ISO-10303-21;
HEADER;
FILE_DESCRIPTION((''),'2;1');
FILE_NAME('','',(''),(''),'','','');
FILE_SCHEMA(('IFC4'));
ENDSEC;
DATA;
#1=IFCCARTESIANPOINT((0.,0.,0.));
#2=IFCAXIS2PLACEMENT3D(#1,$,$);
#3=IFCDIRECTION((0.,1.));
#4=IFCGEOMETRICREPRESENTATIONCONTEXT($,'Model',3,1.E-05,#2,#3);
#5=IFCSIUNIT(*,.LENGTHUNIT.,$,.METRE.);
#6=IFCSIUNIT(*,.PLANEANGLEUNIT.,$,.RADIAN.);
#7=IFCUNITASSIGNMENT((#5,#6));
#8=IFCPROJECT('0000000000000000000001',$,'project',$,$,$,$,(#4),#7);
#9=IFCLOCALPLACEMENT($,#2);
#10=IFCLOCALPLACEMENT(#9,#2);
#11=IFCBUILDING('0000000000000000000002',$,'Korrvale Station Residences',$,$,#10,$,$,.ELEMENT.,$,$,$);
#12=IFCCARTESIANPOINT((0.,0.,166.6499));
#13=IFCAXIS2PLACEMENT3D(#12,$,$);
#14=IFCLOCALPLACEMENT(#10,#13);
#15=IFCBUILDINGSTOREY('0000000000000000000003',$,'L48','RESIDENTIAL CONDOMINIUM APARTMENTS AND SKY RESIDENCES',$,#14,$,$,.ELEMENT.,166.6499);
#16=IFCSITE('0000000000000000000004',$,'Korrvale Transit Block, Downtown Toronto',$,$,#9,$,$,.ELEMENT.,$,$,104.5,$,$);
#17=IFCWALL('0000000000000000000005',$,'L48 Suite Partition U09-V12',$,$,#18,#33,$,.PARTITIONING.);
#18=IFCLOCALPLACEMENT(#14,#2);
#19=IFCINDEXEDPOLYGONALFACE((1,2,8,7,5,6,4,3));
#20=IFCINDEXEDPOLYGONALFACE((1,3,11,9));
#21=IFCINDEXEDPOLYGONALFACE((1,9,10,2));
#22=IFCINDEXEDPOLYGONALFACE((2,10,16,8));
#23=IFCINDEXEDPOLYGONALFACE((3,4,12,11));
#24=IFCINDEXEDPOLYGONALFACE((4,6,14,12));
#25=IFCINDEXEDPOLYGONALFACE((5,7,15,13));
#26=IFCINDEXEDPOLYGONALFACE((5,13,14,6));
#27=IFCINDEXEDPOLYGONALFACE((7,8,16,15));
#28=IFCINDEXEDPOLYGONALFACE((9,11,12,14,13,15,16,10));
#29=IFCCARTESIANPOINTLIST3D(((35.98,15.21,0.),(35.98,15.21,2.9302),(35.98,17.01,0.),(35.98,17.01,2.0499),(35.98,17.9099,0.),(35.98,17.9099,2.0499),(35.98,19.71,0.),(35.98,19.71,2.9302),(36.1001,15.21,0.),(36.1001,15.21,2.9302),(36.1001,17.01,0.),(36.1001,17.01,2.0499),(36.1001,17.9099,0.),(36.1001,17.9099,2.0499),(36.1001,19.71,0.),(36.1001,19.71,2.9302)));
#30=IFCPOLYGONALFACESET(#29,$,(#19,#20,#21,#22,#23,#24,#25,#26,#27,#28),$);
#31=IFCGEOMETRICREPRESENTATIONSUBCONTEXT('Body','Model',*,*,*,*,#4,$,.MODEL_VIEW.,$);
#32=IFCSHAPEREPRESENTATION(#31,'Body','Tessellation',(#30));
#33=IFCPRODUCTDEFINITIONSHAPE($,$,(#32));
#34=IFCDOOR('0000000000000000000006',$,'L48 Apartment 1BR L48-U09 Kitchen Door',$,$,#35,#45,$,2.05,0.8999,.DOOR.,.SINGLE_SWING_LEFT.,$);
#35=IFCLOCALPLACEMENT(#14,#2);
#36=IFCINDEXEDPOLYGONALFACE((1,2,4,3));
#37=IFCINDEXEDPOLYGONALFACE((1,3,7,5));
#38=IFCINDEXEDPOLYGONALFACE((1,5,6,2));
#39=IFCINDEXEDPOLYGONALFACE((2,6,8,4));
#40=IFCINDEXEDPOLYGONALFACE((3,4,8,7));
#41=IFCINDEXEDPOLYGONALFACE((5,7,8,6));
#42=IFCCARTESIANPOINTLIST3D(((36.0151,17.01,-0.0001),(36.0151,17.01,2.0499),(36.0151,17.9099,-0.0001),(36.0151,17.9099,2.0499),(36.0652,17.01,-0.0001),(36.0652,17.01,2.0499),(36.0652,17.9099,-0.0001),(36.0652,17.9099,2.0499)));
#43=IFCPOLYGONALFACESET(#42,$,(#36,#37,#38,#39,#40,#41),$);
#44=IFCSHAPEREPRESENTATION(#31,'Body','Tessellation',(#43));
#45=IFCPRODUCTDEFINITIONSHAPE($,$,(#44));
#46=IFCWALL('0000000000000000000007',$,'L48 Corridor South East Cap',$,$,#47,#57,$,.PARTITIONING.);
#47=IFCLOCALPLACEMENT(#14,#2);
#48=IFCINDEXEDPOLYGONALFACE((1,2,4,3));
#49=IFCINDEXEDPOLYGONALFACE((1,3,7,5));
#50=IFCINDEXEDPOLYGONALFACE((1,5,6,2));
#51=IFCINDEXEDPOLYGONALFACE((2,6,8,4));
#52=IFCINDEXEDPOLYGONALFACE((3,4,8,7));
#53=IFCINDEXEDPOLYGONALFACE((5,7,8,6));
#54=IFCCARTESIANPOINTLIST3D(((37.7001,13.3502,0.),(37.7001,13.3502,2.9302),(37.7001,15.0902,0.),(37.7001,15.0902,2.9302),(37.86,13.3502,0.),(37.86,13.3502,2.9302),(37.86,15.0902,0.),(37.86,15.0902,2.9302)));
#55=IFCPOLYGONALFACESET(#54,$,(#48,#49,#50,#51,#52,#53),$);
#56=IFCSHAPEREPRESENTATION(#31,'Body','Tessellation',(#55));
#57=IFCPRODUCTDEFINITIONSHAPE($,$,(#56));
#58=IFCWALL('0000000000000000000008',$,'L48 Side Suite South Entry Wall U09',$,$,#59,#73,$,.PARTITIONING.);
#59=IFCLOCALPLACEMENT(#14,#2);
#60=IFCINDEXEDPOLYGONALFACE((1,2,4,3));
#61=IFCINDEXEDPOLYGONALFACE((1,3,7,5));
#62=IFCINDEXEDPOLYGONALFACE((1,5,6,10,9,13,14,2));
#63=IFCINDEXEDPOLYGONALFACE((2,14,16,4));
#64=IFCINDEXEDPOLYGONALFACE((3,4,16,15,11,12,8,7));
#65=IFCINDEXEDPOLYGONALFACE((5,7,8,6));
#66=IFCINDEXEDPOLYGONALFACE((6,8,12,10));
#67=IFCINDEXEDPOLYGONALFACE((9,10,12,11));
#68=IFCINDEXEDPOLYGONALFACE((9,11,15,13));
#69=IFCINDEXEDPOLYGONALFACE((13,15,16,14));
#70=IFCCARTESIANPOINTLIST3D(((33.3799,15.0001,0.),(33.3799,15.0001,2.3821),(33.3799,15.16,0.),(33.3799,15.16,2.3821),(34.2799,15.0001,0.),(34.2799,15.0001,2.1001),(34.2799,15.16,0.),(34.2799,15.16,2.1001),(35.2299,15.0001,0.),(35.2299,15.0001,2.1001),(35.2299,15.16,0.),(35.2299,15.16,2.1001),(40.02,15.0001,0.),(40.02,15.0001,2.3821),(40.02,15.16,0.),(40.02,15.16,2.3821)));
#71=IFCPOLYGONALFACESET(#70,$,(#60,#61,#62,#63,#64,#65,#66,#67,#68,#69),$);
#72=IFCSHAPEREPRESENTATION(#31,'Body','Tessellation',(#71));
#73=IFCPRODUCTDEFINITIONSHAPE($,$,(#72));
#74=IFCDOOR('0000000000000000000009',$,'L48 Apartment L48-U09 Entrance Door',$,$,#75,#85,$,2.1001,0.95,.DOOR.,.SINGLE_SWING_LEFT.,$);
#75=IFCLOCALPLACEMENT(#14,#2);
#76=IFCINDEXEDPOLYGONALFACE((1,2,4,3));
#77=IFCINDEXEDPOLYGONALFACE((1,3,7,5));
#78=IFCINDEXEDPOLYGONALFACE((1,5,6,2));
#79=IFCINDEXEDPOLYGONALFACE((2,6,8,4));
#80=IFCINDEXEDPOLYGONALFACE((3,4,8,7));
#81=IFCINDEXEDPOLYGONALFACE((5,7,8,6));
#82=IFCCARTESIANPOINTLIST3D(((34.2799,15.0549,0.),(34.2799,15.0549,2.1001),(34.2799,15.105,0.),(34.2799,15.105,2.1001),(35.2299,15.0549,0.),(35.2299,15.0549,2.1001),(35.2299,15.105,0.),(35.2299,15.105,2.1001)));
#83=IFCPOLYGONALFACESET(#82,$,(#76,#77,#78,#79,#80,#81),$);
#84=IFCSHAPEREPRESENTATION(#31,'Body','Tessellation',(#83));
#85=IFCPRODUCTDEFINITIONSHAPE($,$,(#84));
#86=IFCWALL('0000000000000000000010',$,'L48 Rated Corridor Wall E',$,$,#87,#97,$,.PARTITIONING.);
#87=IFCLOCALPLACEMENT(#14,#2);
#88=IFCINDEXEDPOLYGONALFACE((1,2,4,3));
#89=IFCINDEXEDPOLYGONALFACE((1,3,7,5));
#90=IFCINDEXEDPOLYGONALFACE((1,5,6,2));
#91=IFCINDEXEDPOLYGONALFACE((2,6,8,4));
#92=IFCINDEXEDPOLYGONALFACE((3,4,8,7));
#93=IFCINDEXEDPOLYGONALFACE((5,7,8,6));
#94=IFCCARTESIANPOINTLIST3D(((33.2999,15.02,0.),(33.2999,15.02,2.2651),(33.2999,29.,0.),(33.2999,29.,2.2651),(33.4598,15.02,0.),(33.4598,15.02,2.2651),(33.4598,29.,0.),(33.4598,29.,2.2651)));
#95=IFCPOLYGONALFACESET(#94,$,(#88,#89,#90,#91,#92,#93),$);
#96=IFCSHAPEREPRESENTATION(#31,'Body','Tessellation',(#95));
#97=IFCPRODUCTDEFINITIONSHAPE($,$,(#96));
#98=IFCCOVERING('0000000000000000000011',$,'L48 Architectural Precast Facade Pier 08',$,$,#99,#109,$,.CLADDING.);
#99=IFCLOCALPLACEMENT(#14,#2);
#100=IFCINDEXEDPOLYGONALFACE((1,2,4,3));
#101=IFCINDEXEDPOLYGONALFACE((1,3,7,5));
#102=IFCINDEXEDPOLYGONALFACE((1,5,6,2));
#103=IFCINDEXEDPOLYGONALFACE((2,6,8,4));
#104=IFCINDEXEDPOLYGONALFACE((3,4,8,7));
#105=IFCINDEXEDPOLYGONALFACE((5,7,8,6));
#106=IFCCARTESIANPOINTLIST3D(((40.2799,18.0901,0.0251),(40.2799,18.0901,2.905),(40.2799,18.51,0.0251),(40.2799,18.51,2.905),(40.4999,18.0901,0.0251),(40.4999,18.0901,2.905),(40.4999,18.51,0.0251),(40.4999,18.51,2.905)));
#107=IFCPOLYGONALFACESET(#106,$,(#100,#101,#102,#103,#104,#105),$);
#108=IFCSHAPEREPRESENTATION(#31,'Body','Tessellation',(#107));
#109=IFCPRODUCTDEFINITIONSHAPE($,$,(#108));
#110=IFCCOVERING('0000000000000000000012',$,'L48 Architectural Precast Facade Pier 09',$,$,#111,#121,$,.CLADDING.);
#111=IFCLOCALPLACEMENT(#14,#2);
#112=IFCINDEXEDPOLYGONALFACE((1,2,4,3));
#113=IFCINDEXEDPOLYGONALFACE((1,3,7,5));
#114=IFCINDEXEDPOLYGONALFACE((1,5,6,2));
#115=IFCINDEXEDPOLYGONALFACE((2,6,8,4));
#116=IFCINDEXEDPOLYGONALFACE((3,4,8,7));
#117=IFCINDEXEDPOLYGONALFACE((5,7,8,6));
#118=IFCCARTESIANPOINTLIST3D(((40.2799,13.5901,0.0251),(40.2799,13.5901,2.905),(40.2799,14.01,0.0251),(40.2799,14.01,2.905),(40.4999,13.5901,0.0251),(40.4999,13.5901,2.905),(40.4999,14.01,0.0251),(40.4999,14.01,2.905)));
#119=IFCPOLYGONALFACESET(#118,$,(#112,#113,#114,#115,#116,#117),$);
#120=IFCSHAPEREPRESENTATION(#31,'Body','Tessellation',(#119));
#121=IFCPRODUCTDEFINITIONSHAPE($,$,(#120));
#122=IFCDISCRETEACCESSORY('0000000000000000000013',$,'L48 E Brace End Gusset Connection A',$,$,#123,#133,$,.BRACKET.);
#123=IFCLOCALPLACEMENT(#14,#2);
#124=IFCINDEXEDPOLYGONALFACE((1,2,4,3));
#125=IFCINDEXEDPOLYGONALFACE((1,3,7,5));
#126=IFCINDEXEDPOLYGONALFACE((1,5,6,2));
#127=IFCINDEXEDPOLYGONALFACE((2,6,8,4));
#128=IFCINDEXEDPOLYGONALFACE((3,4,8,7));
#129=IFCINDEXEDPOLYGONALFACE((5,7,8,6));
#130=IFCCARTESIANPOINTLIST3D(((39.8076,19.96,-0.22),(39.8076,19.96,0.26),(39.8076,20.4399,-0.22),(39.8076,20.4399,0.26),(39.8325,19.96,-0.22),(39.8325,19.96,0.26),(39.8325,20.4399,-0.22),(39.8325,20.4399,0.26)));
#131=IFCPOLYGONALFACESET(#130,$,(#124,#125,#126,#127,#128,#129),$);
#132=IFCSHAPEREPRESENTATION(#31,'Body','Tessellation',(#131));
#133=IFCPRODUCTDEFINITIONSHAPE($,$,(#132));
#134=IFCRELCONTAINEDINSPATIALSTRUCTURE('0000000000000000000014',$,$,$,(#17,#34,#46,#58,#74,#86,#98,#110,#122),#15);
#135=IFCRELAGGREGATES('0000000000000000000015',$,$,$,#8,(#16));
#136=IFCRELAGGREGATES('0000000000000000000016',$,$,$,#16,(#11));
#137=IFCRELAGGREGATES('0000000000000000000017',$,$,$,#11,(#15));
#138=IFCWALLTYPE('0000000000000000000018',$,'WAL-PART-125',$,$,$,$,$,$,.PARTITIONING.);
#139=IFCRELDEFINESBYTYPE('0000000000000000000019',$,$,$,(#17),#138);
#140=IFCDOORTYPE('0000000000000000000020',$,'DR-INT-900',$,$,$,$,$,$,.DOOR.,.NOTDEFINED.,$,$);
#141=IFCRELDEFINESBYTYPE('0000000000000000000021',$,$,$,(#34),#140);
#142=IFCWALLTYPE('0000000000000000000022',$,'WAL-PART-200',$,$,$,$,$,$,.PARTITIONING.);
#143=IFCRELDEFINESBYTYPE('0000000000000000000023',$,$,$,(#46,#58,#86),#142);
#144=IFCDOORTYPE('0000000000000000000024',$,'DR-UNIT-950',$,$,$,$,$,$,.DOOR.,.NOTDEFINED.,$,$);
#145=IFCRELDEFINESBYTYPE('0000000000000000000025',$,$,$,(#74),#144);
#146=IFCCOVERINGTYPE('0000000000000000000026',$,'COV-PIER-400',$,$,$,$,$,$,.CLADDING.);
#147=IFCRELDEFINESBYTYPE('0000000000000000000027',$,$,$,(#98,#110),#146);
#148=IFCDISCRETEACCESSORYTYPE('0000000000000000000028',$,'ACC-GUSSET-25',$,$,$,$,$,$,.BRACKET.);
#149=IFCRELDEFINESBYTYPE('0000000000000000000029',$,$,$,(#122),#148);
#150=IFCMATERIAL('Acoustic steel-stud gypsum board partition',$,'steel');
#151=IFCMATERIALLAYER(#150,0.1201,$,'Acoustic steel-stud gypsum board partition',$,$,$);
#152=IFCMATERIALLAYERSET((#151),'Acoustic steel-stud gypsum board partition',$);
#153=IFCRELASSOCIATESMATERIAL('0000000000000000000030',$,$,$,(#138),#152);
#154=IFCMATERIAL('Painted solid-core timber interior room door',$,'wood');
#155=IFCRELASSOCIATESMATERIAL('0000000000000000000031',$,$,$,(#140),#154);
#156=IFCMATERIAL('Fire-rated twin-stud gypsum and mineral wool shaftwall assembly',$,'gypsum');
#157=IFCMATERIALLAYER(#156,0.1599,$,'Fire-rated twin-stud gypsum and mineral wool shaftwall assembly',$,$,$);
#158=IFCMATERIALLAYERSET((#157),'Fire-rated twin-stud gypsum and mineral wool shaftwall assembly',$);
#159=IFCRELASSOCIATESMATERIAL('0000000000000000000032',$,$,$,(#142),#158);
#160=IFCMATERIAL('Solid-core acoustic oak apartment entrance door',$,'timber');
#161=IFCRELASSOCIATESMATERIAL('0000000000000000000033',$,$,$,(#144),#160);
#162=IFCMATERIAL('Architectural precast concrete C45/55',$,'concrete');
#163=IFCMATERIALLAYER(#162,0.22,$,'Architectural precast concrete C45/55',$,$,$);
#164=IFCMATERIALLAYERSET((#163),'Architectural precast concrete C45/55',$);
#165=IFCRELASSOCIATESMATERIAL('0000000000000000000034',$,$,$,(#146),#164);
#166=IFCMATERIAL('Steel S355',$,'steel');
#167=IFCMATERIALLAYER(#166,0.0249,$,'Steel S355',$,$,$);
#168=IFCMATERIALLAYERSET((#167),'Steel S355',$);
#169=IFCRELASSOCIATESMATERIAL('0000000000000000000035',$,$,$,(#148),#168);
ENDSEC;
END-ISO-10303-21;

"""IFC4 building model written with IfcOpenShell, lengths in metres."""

from ifc_helpers import new_model, si_unit, direction, frame, frame_2d, origin, origin_2d, place, context, subcontext, project, spatial, rectangle, extrude, material, layer, layer_set, type_object, element, fill, save


model = new_model("IFC4")

# Units and contexts
model_context = context("Model", 3, precision=1e-05, world=origin(), true_north=direction((0.0, 1.0)))
body_context = subcontext(model_context, "Body", "Model", "MODEL_VIEW")
ifc_project = project(units=[si_unit("LENGTHUNIT", "METRE"), si_unit("PLANEANGLEUNIT", "RADIAN")], contexts=[model_context])

# Site, building, storey
site_placement = place(None, origin())
site = spatial("IfcSite", under=ifc_project, at=site_placement, Name="Korrvale Transit Block, Downtown Toronto", CompositionType="ELEMENT", RefElevation=104.5)
building_placement = place(site_placement, origin())
building = spatial("IfcBuilding", under=site, at=building_placement, Name="Korrvale Station Residences", CompositionType="ELEMENT")
storey_placement = place(building_placement, frame((0.0, 0.0, 166.6499)))
storey = spatial("IfcBuildingStorey", under=building, at=storey_placement, Name="L48", Description="RESIDENTIAL CONDOMINIUM APARTMENTS AND SKY RESIDENCES", CompositionType="ELEMENT", Elevation=166.6499)

# Shared definitions
ifc_material_1 = material(Name="Steel S355", Category="steel")

# Shared definitions
ifc_material_2 = material(Name="Acoustic steel-stud gypsum board partition", Category="steel")
ifc_layer_1 = layer(ifc_material_2, 0.1201, Name="Acoustic steel-stud gypsum board partition")
ifc_layer_set_1 = layer_set([ifc_layer_1], Name="Acoustic steel-stud gypsum board partition")
wall_type_1 = type_object("IfcWallType", Name="WAL-PART-125", PredefinedType="PARTITIONING", material=ifc_layer_set_1)
ifc_material_3 = material(Name="Painted solid-core timber interior room door", Category="wood")
door_type_1 = type_object("IfcDoorType", Name="DR-INT-900", OperationType="NOTDEFINED", PredefinedType="DOOR", material=ifc_material_3)

# Wall, opening, door
wall_1_placement = place(storey_placement, frame((36.04, 15.21, 0.0), z_axis=(0.0, 0.0, 1.0), x_axis=(0.0, 1.0, 0.0)))
wall_1 = element("IfcWall", 1, at=wall_1_placement, inside=storey, type_object=wall_type_1, Name="L48 Suite Partition U09-V12", PredefinedType="PARTITIONING", context=body_context, shape_type="SweptSolid", body=[
    extrude(rectangle(XDim=4.5, YDim=0.1201, at=frame_2d((2.25, 0.0))), origin(), (0.0, 0.0, 1.0), 2.9302),
])
opening_1_placement = place(wall_1_placement, frame((1.8, 0.0, 0.0)))
opening_1 = element("IfcOpeningElement", 2, at=opening_1_placement, cuts=wall_1, PredefinedType="OPENING", context=body_context, shape_type="SweptSolid", body=[
    extrude(rectangle(XDim=0.8999, YDim=2.05, at=frame_2d((0.45, 1.0249))), frame((0.0, 0.0701, 0.0), z_axis=(0.0, -1.0, 0.0), x_axis=(1.0, 0.0, 0.0)), (0.0, 0.0, 1.0), 0.1401),
])
door_1_placement = place(opening_1_placement, origin())
door_1 = element("IfcDoor", 3, at=door_1_placement, inside=storey, type_object=door_type_1, Name="L48 Apartment 1BR L48-U09 Kitchen Door", OperationType="SINGLE_SWING_LEFT", OverallHeight=2.05, OverallWidth=0.8999, PredefinedType="DOOR", context=body_context, shape_type="SweptSolid", body=[
    extrude(rectangle(XDim=0.8999, YDim=2.05, at=frame_2d((0.45, 1.0249))), frame((0.0, 0.0249, 0.0), z_axis=(0.0, -1.0, 0.0), x_axis=(1.0, 0.0, 0.0)), (0.0, 0.0, 1.0), 0.05),
])
fill(opening_1, door_1)

# Wall
ifc_material_4 = material(Name="Fire-rated twin-stud gypsum and mineral wool shaftwall assembly", Category="gypsum")
ifc_layer_2 = layer(ifc_material_4, 0.1599, Name="Fire-rated twin-stud gypsum and mineral wool shaftwall assembly")
ifc_layer_set_2 = layer_set([ifc_layer_2], Name="Fire-rated twin-stud gypsum and mineral wool shaftwall assembly")
wall_type_2 = type_object("IfcWallType", Name="WAL-PART-200", PredefinedType="PARTITIONING", material=ifc_layer_set_2)
wall_2_placement = place(storey_placement, frame((37.78, 13.3501, 0.0), z_axis=(0.0, 0.0, 1.0), x_axis=(0.0, 1.0, 0.0)))
element("IfcWall", 4, at=wall_2_placement, inside=storey, type_object=wall_type_2, Name="L48 Corridor South East Cap", PredefinedType="PARTITIONING", context=body_context, shape_type="SweptSolid", body=[
    extrude(rectangle(XDim=1.74, YDim=0.1599, at=frame_2d((0.8701, 0.0))), origin(), (0.0, 0.0, 1.0), 2.9302),
])

# Wall, opening, door
wall_3_placement = place(storey_placement, frame((33.3799, 15.0801, 0.0), z_axis=(0.0, 0.0, 1.0), x_axis=(1.0, 0.0, 0.0)))
wall_3 = element("IfcWall", 5, at=wall_3_placement, inside=storey, type_object=wall_type_2, Name="L48 Side Suite South Entry Wall U09", PredefinedType="PARTITIONING", context=body_context, shape_type="SweptSolid", body=[
    extrude(rectangle(XDim=6.6401, YDim=0.1599, at=frame_2d((3.3201, 0.0))), origin(), (0.0, 0.0, 1.0), 2.3821),
])
opening_2_placement = place(wall_3_placement, frame((0.8999, 0.0, 0.0)))
opening_2 = element("IfcOpeningElement", 6, at=opening_2_placement, cuts=wall_3, PredefinedType="OPENING", context=body_context, shape_type="SweptSolid", body=[
    extrude(rectangle(XDim=0.95, YDim=2.1001, at=frame_2d((0.4751, 1.05))), frame((0.0, 0.0898, 0.0), z_axis=(0.0, -1.0, 0.0), x_axis=(1.0, 0.0, 0.0)), (0.0, 0.0, 1.0), 0.1799),
])
ifc_material_5 = material(Name="Solid-core acoustic oak apartment entrance door", Category="timber")
door_type_2 = type_object("IfcDoorType", Name="DR-UNIT-950", OperationType="NOTDEFINED", PredefinedType="DOOR", material=ifc_material_5)
door_2_placement = place(opening_2_placement, origin())
door_2 = element("IfcDoor", 7, at=door_2_placement, inside=storey, type_object=door_type_2, Name="L48 Apartment L48-U09 Entrance Door", OperationType="SINGLE_SWING_LEFT", OverallHeight=2.1001, OverallWidth=0.95, PredefinedType="DOOR", context=body_context, shape_type="SweptSolid", body=[
    extrude(rectangle(XDim=0.95, YDim=2.1001, at=frame_2d((0.4751, 1.05))), frame((0.0, 0.0249, 0.0), z_axis=(0.0, -1.0, 0.0), x_axis=(1.0, 0.0, 0.0)), (0.0, 0.0, 1.0), 0.05),
])
fill(opening_2, door_2)

# Wall
wall_4_placement = place(storey_placement, frame((33.3799, 15.02, 0.0), z_axis=(0.0, 0.0, 1.0), x_axis=(0.0, 1.0, 0.0)))
element("IfcWall", 8, at=wall_4_placement, inside=storey, type_object=wall_type_2, Name="L48 Rated Corridor Wall E", PredefinedType="PARTITIONING", context=body_context, shape_type="SweptSolid", body=[
    extrude(rectangle(XDim=13.98, YDim=0.1599, at=frame_2d((6.99, 0.0))), origin(), (0.0, 0.0, 1.0), 2.2651),
])

# Coverings
ifc_material_6 = material(Name="Architectural precast concrete C45/55", Category="concrete")
ifc_layer_3 = layer(ifc_material_6, 0.22, Name="Architectural precast concrete C45/55")
ifc_layer_set_3 = layer_set([ifc_layer_3], Name="Architectural precast concrete C45/55")
covering_type = type_object("IfcCoveringType", Name="COV-PIER-400", PredefinedType="CLADDING", material=ifc_layer_set_3)
for number, where, z_axis, x_axis, name in (
    (9, (40.3899, 18.3, 0.0251), (0.0, 0.0, 1.0), (0.0, 1.0, 0.0), "L48 Architectural Precast Facade Pier 08"),
    (10, (40.3899, 13.8, 0.0251), (0.0, 0.0, 1.0), (0.0, 1.0, 0.0), "L48 Architectural Precast Facade Pier 09"),
):
    element("IfcCovering", number, at=place(storey_placement, frame(where, z_axis=z_axis, x_axis=x_axis)), inside=storey, type_object=covering_type, Name=name, PredefinedType="CLADDING", context=body_context, shape_type="SweptSolid", body=[
        extrude(rectangle(XDim=0.4199, YDim=0.22, at=origin_2d()), origin(), (0.0, 0.0, 1.0), 2.8799),
    ])

# Discrete accessory
ifc_layer_4 = layer(ifc_material_1, 0.0249, Name="Steel S355")
ifc_layer_set_4 = layer_set([ifc_layer_4], Name="Steel S355")
discrete_accessory_type = type_object("IfcDiscreteAccessoryType", Name="ACC-GUSSET-25", PredefinedType="BRACKET", material=ifc_layer_set_4)
discrete_accessory_placement = place(storey_placement, frame((39.8201, 20.2, -0.22), z_axis=(0.0, 0.0, 1.0), x_axis=(0.0, 1.0, 0.0)))
element("IfcDiscreteAccessory", 11, at=discrete_accessory_placement, inside=storey, type_object=discrete_accessory_type, Name="L48 E Brace End Gusset Connection A", PredefinedType="BRACKET", context=body_context, shape_type="SweptSolid", body=[
    extrude(rectangle(XDim=0.48, YDim=0.0249, at=origin_2d()), origin(), (0.0, 0.0, 1.0), 0.48),
])

save(model, "model.ifc")
